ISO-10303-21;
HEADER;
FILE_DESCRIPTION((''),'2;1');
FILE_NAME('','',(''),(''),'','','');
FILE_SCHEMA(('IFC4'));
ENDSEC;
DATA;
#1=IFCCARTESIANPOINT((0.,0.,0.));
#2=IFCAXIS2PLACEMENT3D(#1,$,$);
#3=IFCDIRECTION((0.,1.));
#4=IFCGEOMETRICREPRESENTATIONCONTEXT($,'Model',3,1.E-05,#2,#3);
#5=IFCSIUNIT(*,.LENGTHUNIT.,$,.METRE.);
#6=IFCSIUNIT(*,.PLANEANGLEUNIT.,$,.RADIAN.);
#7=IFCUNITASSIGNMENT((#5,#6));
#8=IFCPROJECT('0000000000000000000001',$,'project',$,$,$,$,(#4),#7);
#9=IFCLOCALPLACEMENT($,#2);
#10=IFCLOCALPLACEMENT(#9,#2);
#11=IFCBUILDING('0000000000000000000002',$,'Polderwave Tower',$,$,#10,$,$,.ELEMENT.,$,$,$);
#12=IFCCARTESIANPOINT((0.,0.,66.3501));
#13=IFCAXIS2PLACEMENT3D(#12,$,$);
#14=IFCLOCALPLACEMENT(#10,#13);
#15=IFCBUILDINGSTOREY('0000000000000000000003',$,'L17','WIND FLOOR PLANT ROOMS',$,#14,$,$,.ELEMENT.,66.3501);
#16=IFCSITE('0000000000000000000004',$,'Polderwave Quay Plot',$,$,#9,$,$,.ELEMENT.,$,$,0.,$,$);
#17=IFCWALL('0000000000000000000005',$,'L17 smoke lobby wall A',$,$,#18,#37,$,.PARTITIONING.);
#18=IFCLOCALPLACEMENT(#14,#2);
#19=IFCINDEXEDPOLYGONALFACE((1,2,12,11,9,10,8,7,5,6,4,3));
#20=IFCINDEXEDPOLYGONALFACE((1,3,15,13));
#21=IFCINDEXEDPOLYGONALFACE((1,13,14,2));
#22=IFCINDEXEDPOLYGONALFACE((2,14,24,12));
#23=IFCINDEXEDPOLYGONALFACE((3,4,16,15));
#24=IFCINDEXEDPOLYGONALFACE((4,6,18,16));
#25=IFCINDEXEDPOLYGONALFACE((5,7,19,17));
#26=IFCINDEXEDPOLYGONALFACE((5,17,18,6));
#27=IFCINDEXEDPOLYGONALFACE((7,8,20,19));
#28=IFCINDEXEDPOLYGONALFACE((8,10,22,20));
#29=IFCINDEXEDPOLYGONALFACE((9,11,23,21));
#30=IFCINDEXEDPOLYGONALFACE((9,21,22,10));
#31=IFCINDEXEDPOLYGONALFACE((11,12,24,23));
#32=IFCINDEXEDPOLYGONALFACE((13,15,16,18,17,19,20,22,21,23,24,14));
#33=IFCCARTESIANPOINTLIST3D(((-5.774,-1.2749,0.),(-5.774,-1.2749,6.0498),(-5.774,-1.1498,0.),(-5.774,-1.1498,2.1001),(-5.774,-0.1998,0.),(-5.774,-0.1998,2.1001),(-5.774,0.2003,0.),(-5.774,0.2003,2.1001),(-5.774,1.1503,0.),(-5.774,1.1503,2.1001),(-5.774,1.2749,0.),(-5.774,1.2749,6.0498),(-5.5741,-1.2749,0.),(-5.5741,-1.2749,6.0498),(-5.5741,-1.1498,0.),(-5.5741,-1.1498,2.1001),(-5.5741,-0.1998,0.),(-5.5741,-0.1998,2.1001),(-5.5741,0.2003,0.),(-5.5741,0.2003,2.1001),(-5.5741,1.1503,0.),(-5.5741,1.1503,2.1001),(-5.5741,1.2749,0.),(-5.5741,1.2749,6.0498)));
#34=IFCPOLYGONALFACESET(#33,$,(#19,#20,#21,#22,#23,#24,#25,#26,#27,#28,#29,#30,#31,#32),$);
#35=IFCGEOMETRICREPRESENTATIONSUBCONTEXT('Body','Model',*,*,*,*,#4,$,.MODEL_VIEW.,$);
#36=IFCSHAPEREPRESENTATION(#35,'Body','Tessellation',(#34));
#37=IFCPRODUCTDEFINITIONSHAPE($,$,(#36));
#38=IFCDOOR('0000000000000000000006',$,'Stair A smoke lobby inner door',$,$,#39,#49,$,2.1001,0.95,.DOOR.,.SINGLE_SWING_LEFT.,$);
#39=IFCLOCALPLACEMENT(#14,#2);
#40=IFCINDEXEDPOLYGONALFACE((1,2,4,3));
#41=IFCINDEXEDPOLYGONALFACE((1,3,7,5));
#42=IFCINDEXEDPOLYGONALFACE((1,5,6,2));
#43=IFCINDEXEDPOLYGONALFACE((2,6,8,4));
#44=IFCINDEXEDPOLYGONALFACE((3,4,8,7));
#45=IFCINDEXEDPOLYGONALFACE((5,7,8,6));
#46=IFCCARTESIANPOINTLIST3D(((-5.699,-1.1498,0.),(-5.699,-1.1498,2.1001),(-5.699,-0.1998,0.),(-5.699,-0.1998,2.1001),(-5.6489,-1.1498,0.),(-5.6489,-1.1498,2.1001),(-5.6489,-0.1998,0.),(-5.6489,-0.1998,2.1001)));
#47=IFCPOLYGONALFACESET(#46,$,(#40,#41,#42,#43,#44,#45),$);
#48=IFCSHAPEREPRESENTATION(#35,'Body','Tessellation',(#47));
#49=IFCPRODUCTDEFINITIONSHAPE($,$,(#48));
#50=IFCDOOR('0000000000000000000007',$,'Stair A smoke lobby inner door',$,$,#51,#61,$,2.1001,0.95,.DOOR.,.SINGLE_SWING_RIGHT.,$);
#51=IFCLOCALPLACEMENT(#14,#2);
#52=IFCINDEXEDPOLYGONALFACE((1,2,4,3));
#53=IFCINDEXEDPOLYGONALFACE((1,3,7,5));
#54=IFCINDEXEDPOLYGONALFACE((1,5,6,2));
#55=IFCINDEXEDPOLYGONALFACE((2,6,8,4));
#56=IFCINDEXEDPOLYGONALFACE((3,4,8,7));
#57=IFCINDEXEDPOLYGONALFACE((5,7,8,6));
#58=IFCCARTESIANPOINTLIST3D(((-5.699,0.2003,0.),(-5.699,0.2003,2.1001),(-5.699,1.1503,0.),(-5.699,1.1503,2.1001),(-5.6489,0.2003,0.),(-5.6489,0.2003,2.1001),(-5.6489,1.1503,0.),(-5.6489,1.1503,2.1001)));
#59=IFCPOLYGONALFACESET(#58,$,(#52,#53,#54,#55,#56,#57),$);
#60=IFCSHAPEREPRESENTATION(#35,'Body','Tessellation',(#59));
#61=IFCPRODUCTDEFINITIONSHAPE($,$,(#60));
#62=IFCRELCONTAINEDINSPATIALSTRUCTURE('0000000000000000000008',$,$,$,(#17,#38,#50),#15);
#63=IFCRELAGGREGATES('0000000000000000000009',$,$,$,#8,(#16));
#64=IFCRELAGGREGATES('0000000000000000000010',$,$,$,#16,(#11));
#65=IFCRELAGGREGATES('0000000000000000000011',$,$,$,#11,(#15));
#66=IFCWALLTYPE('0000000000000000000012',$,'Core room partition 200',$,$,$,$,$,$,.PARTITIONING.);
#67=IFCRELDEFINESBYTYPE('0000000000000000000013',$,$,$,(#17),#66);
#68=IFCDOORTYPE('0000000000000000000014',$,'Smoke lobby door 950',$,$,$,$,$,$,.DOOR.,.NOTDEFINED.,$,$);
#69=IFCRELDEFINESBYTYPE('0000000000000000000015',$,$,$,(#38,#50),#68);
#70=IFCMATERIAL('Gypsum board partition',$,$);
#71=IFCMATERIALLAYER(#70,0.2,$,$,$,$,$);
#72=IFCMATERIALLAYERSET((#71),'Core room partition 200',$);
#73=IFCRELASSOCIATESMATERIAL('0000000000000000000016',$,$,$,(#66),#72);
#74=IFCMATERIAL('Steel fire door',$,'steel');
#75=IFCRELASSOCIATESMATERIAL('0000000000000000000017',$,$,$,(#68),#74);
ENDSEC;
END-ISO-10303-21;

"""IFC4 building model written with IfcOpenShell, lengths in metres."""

from ifc_helpers import new_model, si_unit, direction, frame, frame_2d, origin, place, context, subcontext, project, spatial, rectangle, extrude, material, layer, layer_set, type_object, element, fill, save


model = new_model("IFC4")

# Units and contexts
model_context = context("Model", 3, precision=1e-05, world=origin(), true_north=direction((0.0, 1.0)))
body_context = subcontext(model_context, "Body", "Model", "MODEL_VIEW")
ifc_project = project(units=[si_unit("LENGTHUNIT", "METRE"), si_unit("PLANEANGLEUNIT", "RADIAN")], contexts=[model_context])

# Site, building, storey
site_placement = place(None, origin())
site = spatial("IfcSite", under=ifc_project, at=site_placement, Name="Polderwave Quay Plot", CompositionType="ELEMENT", RefElevation=0.0)
building_placement = place(site_placement, origin())
building = spatial("IfcBuilding", under=site, at=building_placement, Name="Polderwave Tower", CompositionType="ELEMENT")
storey_placement = place(building_placement, frame((0.0, 0.0, 66.3501)))
storey = spatial("IfcBuildingStorey", under=building, at=storey_placement, Name="L17", Description="WIND FLOOR PLANT ROOMS", CompositionType="ELEMENT", Elevation=66.3501)

# Wall, openings, doors
ifc_material_1 = material(Name="Steel fire door", Category="steel")
ifc_material_2 = material(Name="Gypsum board partition")
ifc_layer_1 = layer(ifc_material_2, 0.2)
ifc_layer_set_1 = layer_set([ifc_layer_1], Name="Core room partition 200")
wall_type_1 = type_object("IfcWallType", Name="Core room partition 200", PredefinedType="PARTITIONING", material=ifc_layer_set_1)
wall_1_placement = place(storey_placement, frame((-5.6741, -1.2749, 0.0), z_axis=(0.0, 0.0, 1.0), x_axis=(0.0, 1.0, 0.0)))
wall_1 = element("IfcWall", 1, at=wall_1_placement, inside=storey, type_object=wall_type_1, Name="L17 smoke lobby wall A", PredefinedType="PARTITIONING", context=body_context, shape_type="SweptSolid", body=[
    extrude(rectangle(XDim=2.5498, YDim=0.2, at=frame_2d((1.2749, 0.0))), origin(), (0.0, 0.0, 1.0), 6.0498),
])
opening_1_placement = place(wall_1_placement, frame((0.125, 0.0, 0.0)))
opening_1 = element("IfcOpeningElement", 2, at=opening_1_placement, cuts=wall_1, PredefinedType="OPENING", context=body_context, shape_type="SweptSolid", body=[
    extrude(rectangle(XDim=0.95, YDim=2.1001, at=frame_2d((0.4751, 1.05))), frame((0.0, 0.1099, 0.0), z_axis=(0.0, -1.0, 0.0), x_axis=(1.0, 0.0, 0.0)), (0.0, 0.0, 1.0), 0.22),
])
opening_2_placement = place(wall_1_placement, frame((1.4751, 0.0, 0.0)))
opening_2 = element("IfcOpeningElement", 3, at=opening_2_placement, cuts=wall_1, PredefinedType="OPENING", context=body_context, shape_type="SweptSolid", body=[
    extrude(rectangle(XDim=0.95, YDim=2.1001, at=frame_2d((0.4751, 1.05))), frame((0.0, 0.1099, 0.0), z_axis=(0.0, -1.0, 0.0), x_axis=(1.0, 0.0, 0.0)), (0.0, 0.0, 1.0), 0.22),
])
door_type_1 = type_object("IfcDoorType", Name="Smoke lobby door 950", OperationType="NOTDEFINED", PredefinedType="DOOR", material=ifc_material_1)
door_1_placement = place(opening_1_placement, origin())
door_1 = element("IfcDoor", 4, at=door_1_placement, inside=storey, type_object=door_type_1, Name="Stair A smoke lobby inner door", OperationType="SINGLE_SWING_LEFT", OverallHeight=2.1001, OverallWidth=0.95, PredefinedType="DOOR", context=body_context, shape_type="SweptSolid", body=[
    extrude(rectangle(XDim=0.95, YDim=2.1001, at=frame_2d((0.4751, 1.05))), frame((0.0, 0.0249, 0.0), z_axis=(0.0, -1.0, 0.0), x_axis=(1.0, 0.0, 0.0)), (0.0, 0.0, 1.0), 0.05),
])
fill(opening_1, door_1)
door_2_placement = place(opening_2_placement, origin())
door_2 = element("IfcDoor", 5, at=door_2_placement, inside=storey, type_object=door_type_1, Name="Stair A smoke lobby inner door", OperationType="SINGLE_SWING_RIGHT", OverallHeight=2.1001, OverallWidth=0.95, PredefinedType="DOOR", context=body_context, shape_type="SweptSolid", body=[
    extrude(rectangle(XDim=0.95, YDim=2.1001, at=frame_2d((0.4751, 1.05))), frame((0.0, 0.0249, 0.0), z_axis=(0.0, -1.0, 0.0), x_axis=(1.0, 0.0, 0.0)), (0.0, 0.0, 1.0), 0.05),
])
fill(opening_2, door_2)

save(model, "model.ifc")
